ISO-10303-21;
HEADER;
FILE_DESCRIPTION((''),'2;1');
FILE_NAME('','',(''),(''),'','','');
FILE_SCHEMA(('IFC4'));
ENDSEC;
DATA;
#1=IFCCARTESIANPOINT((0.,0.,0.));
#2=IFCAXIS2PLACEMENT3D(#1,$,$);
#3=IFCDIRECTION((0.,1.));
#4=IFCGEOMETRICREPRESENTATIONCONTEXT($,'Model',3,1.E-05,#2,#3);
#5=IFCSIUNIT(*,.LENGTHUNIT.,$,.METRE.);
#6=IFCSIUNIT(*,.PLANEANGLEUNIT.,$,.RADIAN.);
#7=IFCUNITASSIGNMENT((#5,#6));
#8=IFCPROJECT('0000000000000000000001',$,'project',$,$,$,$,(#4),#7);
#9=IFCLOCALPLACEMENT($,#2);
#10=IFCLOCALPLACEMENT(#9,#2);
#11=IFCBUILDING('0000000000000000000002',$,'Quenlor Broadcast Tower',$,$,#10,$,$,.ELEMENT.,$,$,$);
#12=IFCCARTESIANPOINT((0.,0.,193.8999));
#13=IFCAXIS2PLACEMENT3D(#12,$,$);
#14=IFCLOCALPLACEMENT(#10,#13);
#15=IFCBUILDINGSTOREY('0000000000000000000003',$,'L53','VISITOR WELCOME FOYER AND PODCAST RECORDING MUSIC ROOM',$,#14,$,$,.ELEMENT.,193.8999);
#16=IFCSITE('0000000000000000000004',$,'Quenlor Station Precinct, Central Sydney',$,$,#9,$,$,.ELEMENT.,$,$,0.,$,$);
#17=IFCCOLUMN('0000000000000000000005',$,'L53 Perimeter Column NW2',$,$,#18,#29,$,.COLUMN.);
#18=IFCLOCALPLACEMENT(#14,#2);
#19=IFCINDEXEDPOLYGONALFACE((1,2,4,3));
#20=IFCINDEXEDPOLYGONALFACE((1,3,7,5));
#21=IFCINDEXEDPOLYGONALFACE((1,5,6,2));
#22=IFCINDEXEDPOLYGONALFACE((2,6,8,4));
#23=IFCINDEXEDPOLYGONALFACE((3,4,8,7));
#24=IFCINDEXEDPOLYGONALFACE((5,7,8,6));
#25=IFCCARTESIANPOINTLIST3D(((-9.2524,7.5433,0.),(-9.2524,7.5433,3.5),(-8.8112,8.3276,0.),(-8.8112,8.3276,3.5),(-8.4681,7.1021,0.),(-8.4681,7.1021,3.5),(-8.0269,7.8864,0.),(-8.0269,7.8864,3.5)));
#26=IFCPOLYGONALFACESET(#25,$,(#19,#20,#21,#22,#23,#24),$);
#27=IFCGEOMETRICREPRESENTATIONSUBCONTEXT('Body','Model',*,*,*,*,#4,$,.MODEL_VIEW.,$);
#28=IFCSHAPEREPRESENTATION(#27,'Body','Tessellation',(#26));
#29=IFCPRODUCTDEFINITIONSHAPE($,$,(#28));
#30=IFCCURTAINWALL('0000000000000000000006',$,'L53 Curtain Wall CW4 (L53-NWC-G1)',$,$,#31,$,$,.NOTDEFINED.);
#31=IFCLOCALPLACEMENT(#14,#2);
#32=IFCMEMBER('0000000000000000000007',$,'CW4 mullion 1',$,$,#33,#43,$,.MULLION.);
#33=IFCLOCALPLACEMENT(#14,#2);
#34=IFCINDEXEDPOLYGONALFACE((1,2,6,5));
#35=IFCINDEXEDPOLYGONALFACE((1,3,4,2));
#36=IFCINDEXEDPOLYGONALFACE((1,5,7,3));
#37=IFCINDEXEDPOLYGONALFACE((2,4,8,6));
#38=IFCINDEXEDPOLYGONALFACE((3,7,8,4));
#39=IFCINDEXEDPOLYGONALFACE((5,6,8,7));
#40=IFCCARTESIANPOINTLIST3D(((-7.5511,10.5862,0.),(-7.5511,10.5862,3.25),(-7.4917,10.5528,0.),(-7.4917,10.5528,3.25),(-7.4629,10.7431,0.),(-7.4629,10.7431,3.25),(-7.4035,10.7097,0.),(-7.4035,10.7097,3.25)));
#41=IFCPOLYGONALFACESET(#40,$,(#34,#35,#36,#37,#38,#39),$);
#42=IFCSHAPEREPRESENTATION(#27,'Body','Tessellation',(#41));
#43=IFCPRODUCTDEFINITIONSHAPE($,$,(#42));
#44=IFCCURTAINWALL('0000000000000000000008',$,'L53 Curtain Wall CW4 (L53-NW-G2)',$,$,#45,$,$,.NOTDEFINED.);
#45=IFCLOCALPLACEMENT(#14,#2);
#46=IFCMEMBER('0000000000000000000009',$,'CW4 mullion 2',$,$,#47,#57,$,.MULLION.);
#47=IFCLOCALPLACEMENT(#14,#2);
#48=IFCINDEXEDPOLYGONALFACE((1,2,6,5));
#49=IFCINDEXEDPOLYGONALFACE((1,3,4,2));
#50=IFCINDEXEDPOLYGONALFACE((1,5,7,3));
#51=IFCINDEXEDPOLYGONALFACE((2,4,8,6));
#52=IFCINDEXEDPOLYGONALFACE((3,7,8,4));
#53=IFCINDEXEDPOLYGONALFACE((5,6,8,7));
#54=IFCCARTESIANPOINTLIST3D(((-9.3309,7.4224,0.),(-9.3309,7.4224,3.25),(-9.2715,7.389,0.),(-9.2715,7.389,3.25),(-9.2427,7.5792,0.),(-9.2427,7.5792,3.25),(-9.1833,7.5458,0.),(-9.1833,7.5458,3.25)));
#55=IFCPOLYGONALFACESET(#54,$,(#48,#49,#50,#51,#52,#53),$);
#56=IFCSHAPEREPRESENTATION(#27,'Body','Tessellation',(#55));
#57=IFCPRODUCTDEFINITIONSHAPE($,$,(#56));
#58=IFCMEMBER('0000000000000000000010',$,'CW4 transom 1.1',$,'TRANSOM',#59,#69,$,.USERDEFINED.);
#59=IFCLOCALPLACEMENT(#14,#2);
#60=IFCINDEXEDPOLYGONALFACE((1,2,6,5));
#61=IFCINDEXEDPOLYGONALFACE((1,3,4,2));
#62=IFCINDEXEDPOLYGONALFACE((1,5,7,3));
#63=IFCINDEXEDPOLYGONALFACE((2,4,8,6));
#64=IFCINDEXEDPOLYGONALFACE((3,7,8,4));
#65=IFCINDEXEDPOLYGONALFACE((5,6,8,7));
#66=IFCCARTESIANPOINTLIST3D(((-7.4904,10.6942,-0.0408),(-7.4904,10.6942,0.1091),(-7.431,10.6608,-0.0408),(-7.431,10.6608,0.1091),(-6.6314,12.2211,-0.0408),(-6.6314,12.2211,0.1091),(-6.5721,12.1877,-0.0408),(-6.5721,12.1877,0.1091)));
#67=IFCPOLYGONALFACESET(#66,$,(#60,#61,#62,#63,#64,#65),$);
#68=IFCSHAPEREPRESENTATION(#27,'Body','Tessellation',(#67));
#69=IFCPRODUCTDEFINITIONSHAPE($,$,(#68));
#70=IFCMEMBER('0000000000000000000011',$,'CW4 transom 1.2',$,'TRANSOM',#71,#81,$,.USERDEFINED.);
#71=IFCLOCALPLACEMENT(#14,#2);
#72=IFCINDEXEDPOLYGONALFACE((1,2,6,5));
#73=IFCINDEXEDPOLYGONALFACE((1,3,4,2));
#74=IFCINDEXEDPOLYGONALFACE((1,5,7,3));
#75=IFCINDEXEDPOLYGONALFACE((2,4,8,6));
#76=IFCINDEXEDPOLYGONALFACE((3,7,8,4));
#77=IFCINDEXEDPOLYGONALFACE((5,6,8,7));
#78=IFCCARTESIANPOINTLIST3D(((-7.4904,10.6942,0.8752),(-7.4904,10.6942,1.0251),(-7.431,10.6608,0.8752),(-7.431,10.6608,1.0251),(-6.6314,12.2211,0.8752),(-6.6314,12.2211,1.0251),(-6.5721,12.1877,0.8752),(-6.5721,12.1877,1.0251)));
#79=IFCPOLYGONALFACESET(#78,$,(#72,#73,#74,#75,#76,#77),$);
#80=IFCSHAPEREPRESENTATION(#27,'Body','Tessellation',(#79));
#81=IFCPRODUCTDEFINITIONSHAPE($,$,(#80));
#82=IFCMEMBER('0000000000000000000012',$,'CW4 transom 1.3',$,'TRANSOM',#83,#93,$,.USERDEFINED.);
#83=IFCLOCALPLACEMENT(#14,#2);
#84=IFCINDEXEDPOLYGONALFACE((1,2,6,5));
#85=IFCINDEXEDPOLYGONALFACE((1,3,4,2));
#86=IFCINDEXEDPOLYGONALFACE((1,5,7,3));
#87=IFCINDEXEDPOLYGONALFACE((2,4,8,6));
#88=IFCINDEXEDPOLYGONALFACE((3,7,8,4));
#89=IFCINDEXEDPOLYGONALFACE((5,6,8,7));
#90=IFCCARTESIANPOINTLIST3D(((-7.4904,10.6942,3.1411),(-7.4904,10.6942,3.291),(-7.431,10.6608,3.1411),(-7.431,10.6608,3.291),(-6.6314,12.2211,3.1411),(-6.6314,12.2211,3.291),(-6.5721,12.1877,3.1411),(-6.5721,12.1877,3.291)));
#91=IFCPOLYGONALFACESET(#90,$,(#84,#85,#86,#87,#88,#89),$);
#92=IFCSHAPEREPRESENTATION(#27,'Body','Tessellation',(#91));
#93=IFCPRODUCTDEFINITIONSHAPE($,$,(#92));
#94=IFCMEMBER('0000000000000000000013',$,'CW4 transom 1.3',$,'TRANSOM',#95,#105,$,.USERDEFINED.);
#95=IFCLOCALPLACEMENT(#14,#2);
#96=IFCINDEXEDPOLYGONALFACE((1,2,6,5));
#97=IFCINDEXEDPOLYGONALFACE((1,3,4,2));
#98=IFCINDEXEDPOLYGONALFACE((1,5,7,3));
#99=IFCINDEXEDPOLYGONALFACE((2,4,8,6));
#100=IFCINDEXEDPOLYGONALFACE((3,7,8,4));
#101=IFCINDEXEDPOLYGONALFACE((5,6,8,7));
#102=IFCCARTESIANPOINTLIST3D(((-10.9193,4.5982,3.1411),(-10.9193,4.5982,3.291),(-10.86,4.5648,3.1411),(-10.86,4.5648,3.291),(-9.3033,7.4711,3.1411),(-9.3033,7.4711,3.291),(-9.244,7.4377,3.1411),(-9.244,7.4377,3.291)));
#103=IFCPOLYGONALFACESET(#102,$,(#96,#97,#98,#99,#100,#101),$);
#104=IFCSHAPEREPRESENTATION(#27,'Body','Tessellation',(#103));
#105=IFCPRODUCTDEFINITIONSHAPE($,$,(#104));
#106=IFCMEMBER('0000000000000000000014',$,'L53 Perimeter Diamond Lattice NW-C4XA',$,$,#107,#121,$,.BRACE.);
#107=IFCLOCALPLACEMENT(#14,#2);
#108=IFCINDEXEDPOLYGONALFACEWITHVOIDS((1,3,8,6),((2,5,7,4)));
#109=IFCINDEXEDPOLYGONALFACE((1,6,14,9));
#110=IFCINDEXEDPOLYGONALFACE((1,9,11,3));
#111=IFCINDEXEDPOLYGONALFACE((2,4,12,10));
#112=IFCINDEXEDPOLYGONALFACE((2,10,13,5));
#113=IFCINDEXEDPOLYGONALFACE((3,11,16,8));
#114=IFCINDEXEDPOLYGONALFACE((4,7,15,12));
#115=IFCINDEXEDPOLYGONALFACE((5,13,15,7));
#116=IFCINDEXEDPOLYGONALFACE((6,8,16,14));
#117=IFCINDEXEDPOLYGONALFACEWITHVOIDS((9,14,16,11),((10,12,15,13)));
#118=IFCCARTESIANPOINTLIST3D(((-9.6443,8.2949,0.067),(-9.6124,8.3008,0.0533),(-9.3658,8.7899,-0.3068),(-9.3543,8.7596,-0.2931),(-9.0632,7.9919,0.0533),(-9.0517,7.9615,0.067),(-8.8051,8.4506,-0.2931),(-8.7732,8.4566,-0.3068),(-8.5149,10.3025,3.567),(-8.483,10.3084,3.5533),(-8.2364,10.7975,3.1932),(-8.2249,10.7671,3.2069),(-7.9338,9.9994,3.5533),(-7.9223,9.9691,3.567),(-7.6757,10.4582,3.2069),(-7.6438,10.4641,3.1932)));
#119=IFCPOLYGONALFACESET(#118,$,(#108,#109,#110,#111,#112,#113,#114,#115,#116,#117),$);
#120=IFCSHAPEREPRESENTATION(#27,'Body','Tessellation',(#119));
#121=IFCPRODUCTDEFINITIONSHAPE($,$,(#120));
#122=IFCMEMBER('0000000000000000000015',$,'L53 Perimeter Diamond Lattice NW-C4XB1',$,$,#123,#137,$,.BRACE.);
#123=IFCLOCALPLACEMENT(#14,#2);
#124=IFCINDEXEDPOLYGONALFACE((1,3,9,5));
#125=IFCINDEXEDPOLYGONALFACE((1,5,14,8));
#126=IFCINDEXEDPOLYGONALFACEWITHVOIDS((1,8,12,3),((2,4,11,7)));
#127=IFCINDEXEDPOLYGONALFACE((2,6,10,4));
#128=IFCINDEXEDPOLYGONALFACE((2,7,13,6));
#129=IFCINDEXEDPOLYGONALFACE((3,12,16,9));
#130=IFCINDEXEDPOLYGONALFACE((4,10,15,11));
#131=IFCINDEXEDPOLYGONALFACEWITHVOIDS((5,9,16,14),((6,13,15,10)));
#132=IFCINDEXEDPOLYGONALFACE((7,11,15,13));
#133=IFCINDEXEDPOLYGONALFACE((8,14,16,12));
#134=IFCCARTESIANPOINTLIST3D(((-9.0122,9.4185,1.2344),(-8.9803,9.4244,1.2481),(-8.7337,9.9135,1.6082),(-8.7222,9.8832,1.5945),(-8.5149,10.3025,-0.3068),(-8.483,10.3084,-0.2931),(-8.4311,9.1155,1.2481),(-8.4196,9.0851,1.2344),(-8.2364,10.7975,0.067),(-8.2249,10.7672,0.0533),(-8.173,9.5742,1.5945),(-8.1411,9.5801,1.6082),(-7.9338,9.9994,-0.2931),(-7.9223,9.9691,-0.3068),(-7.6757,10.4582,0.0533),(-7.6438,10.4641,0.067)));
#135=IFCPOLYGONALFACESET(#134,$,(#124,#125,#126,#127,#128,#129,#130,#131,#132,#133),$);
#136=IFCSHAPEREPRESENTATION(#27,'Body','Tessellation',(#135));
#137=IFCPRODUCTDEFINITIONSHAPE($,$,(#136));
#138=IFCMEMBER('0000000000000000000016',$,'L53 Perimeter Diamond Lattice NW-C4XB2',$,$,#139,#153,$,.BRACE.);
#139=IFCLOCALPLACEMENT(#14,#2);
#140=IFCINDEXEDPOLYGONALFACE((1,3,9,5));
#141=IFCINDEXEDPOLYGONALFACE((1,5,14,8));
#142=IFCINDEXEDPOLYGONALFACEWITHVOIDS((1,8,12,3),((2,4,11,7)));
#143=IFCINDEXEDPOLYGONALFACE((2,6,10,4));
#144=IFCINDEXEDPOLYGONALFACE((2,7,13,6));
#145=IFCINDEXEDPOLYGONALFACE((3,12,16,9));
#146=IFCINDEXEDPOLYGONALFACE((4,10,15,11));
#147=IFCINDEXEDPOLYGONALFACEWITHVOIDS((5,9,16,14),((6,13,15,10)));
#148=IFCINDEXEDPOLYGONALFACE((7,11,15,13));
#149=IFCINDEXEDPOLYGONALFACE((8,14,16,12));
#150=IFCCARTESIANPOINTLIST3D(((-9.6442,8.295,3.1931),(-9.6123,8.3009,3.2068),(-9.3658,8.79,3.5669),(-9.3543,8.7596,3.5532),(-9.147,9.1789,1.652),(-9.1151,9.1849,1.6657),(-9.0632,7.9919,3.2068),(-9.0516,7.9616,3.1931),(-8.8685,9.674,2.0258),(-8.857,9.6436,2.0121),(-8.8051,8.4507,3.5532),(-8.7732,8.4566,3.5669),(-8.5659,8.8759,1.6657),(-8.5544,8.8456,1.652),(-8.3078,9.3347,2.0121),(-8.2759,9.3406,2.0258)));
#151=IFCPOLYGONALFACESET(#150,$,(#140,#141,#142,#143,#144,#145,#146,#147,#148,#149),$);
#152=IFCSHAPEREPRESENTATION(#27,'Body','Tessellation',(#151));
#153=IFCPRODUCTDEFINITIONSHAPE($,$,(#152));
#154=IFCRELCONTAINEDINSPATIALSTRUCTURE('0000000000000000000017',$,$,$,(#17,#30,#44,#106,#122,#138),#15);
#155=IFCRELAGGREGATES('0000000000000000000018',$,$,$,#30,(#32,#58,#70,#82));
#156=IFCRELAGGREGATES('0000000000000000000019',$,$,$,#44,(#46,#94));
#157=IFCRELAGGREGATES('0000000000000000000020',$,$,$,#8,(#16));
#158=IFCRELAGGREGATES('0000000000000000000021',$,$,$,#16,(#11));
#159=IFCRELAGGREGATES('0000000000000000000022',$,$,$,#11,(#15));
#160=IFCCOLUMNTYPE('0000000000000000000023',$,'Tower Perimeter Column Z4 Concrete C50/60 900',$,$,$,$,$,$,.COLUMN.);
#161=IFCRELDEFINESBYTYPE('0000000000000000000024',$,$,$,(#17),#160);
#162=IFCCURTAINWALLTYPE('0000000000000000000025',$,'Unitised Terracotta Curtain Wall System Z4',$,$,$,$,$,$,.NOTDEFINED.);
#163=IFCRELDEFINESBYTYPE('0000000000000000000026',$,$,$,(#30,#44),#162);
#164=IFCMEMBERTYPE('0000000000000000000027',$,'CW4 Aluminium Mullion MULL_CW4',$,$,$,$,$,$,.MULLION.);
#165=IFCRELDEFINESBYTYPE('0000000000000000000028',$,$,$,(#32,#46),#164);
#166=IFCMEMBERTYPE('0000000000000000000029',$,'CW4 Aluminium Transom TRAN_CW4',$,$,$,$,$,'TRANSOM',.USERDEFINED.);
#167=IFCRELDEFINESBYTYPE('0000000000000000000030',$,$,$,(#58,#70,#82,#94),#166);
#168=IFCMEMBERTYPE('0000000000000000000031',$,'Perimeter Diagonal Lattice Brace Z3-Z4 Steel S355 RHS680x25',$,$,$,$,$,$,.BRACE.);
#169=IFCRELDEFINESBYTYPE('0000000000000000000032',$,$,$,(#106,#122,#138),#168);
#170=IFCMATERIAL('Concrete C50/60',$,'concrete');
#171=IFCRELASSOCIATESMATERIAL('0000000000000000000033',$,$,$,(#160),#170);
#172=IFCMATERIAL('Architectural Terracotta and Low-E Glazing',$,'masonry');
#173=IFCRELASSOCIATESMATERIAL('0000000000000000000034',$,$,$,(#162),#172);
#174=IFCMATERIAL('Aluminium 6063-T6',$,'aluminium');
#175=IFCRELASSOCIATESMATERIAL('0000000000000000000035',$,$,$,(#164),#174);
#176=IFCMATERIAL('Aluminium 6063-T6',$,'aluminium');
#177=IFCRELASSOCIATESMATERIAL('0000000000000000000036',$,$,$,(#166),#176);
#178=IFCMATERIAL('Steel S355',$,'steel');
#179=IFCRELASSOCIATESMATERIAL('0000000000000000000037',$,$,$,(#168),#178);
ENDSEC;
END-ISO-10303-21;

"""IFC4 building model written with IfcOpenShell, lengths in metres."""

from ifc_helpers import new_model, si_unit, direction, frame, origin, origin_2d, place, context, subcontext, project, spatial, rectangle, hollow_rectangle, extrude, material, material_profile, profile_set, type_object, element, aggregate, save


model = new_model("IFC4")

# Units and contexts
model_context = context("Model", 3, precision=1e-05, world=origin(), true_north=direction((0.0, 1.0)))
body_context = subcontext(model_context, "Body", "Model", "MODEL_VIEW")
ifc_project = project(units=[si_unit("LENGTHUNIT", "METRE"), si_unit("PLANEANGLEUNIT", "RADIAN")], contexts=[model_context])

# Site, building, storey
site_placement = place(None, origin())
site = spatial("IfcSite", under=ifc_project, at=site_placement, Name="Quenlor Station Precinct, Central Sydney", CompositionType="ELEMENT", RefElevation=0.0)
building_placement = place(site_placement, origin())
building = spatial("IfcBuilding", under=site, at=building_placement, Name="Quenlor Broadcast Tower", CompositionType="ELEMENT")
storey_placement = place(building_placement, frame((0.0, 0.0, 193.8999)))
storey = spatial("IfcBuildingStorey", under=building, at=storey_placement, Name="L53", Description="VISITOR WELCOME FOYER AND PODCAST RECORDING MUSIC ROOM", CompositionType="ELEMENT", Elevation=193.8999)

# Column
ifc_material_1 = material(Name="Concrete C50/60", Category="concrete")
ifc_material_profile_1 = material_profile(ifc_material_1, rectangle(XDim=0.8999, YDim=0.8999, at=origin_2d()))
ifc_profile_set_1 = profile_set([ifc_material_profile_1], Name="Concrete C50/60 RC900x900")
column_type = type_object("IfcColumnType", Name="Tower Perimeter Column Z4 Concrete C50/60 900", PredefinedType="COLUMN", material=ifc_profile_set_1)
column_placement = place(storey_placement, frame((-8.6396, 7.7148, 0.0), z_axis=(0.0, 0.0, 1.0), x_axis=(-0.871575, 0.490262, 0.0)))
element("IfcColumn", 1, at=column_placement, inside=storey, type_object=column_type, Name="L53 Perimeter Column NW2", PredefinedType="COLUMN", context=body_context, shape_type="SweptSolid", body=[
    extrude(rectangle(XDim=0.8999, YDim=0.8999, at=origin_2d()), origin(), (0.0, 0.0, 1.0), 3.5),
])

# Curtain walls, members
ifc_material_2 = material(Name="Architectural Terracotta and Low-E Glazing", Category="masonry")
curtain_wall_type = type_object("IfcCurtainWallType", Name="Unitised Terracotta Curtain Wall System Z4", PredefinedType="NOTDEFINED", material=ifc_material_2)
curtain_wall_1_placement = place(storey_placement, origin())
curtain_wall_1 = element("IfcCurtainWall", 2, at=curtain_wall_1_placement, inside=storey, type_object=curtain_wall_type, Name="L53 Curtain Wall CW4 (L53-NWC-G1)", PredefinedType="NOTDEFINED")
ifc_material_3 = material(Name="Aluminium 6063-T6", Category="aluminium")
ifc_material_profile_2 = material_profile(ifc_material_3, rectangle(XDim=0.0681, YDim=0.1799, at=origin_2d()))
ifc_profile_set_2 = profile_set([ifc_material_profile_2], Name="Aluminium 6063-T6 MULL68x180")
member_type_1 = type_object("IfcMemberType", Name="CW4 Aluminium Mullion MULL_CW4", PredefinedType="MULLION", material=ifc_profile_set_2)
member_1_placement = place(storey_placement, frame((-7.4773, 10.6479, 0.0), z_axis=(0.0, 0.0, 1.0), x_axis=(-0.871576, 0.49026, 0.0)))
member_1 = element("IfcMember", 3, at=member_1_placement, type_object=member_type_1, Name="CW4 mullion 1", PredefinedType="MULLION", context=body_context, shape_type="SweptSolid", body=[
    extrude(rectangle(XDim=0.0681, YDim=0.1799, at=origin_2d()), origin(), (0.0, 0.0, 1.0), 3.25),
])
curtain_wall_2_placement = place(storey_placement, origin())
curtain_wall_2 = element("IfcCurtainWall", 4, at=curtain_wall_2_placement, inside=storey, type_object=curtain_wall_type, Name="L53 Curtain Wall CW4 (L53-NW-G2)", PredefinedType="NOTDEFINED")
member_2_placement = place(storey_placement, frame((-9.2571, 7.4841, 0.0), z_axis=(0.0, 0.0, 1.0), x_axis=(-0.871578, 0.490257, 0.0)))
member_2 = element("IfcMember", 5, at=member_2_placement, type_object=member_type_1, Name="CW4 mullion 2", PredefinedType="MULLION", context=body_context, shape_type="SweptSolid", body=[
    extrude(rectangle(XDim=0.0681, YDim=0.1799, at=origin_2d()), origin(), (0.0, 0.0, 1.0), 3.25),
])

# Members
ifc_material_4 = material(Name="Aluminium 6063-T6", Category="aluminium")
ifc_material_profile_3 = material_profile(ifc_material_4, rectangle(XDim=0.0681, YDim=0.1499, at=origin_2d()))
ifc_profile_set_3 = profile_set([ifc_material_profile_3], Name="Aluminium 6063-T6 TRAN68x150")
member_type_2 = type_object("IfcMemberType", Name="CW4 Aluminium Transom TRAN_CW4", ElementType="TRANSOM", PredefinedType="USERDEFINED", material=ifc_profile_set_3)
member_3_placement = place(storey_placement, frame((-7.4607, 10.6775, 0.0342), z_axis=(0.490274, 0.871568, 0.0), x_axis=(-0.871568, 0.490274, 0.0)))
member_3 = element("IfcMember", 6, at=member_3_placement, type_object=member_type_2, Name="CW4 transom 1.1", ObjectType="TRANSOM", PredefinedType="USERDEFINED", context=body_context, shape_type="SweptSolid", body=[
    extrude(rectangle(XDim=0.0681, YDim=0.1499, at=origin_2d()), origin(), (0.0, 0.0, 1.0), 1.752),
])
member_4_placement = place(storey_placement, frame((-7.4607, 10.6775, 0.9502), z_axis=(0.490274, 0.871568, 0.0), x_axis=(-0.871568, 0.490274, 0.0)))
member_4 = element("IfcMember", 7, at=member_4_placement, type_object=member_type_2, Name="CW4 transom 1.2", ObjectType="TRANSOM", PredefinedType="USERDEFINED", context=body_context, shape_type="SweptSolid", body=[
    extrude(rectangle(XDim=0.0681, YDim=0.1499, at=origin_2d()), origin(), (0.0, 0.0, 1.0), 1.752),
])
member_5_placement = place(storey_placement, frame((-7.4607, 10.6775, 3.2161), z_axis=(0.490274, 0.871568, 0.0), x_axis=(-0.871568, 0.490274, 0.0)))
member_5 = element("IfcMember", 8, at=member_5_placement, type_object=member_type_2, Name="CW4 transom 1.3", ObjectType="TRANSOM", PredefinedType="USERDEFINED", context=body_context, shape_type="SweptSolid", body=[
    extrude(rectangle(XDim=0.0681, YDim=0.1499, at=origin_2d()), origin(), (0.0, 0.0, 1.0), 1.752),
])
aggregate(curtain_wall_1, [member_1, member_3, member_4, member_5])
member_6_placement = place(storey_placement, frame((-10.8896, 4.5815, 3.2161), z_axis=(0.490265, 0.871574, 0.0), x_axis=(-0.871574, 0.490265, 0.0)))
member_6 = element("IfcMember", 9, at=member_6_placement, type_object=member_type_2, Name="CW4 transom 1.3", ObjectType="TRANSOM", PredefinedType="USERDEFINED", context=body_context, shape_type="SweptSolid", body=[
    extrude(rectangle(XDim=0.0681, YDim=0.1499, at=origin_2d()), origin(), (0.0, 0.0, 1.0), 3.2961),
])

# Members
ifc_material_5 = material(Name="Steel S355", Category="steel")
ifc_material_profile_4 = material_profile(ifc_material_5, hollow_rectangle(XDim=0.6799, YDim=0.6799, WallThickness=0.0249, at=origin_2d()))
ifc_profile_set_4 = profile_set([ifc_material_profile_4], Name="Steel S355 RHS680x680x25")
member_type_3 = type_object("IfcMemberType", Name="Perimeter Diagonal Lattice Brace Z3-Z4 Steel S355 RHS680x25", PredefinedType="BRACE", material=ifc_profile_set_4)
member_7_placement = place(storey_placement, frame((-9.2087, 8.3757, -0.1199), z_axis=(0.269547, 0.479136, 0.835328), x_axis=(-0.87155, 0.490307, 0.0)))
element("IfcMember", 10, at=member_7_placement, inside=storey, type_object=member_type_3, Name="L53 Perimeter Diamond Lattice NW-C4XA", PredefinedType="BRACE", context=body_context, shape_type="SweptSolid", body=[
    extrude(hollow_rectangle(XDim=0.6799, YDim=0.6799, WallThickness=0.0249, at=origin_2d()), origin(), (0.0, 0.0, 1.0), 4.1899),
])
for number, where, z_axis, x_axis, name in (
    (11, (-8.0793, 10.3833, -0.1199), (-0.269536, -0.47913, 0.835335), (0.871556, -0.490296, 0.0), "L53 Perimeter Diamond Lattice NW-C4XB1"),
    (12, (-8.7114, 9.2598, 1.8389), (-0.269536, -0.47913, 0.835335), (0.871556, -0.490296, 0.0), "L53 Perimeter Diamond Lattice NW-C4XB2"),
):
    element("IfcMember", number, at=place(storey_placement, frame(where, z_axis=z_axis, x_axis=x_axis)), inside=storey, type_object=member_type_3, Name=name, PredefinedType="BRACE", context=body_context, shape_type="SweptSolid", body=[
        extrude(hollow_rectangle(XDim=0.6799, YDim=0.6799, WallThickness=0.0249, at=origin_2d()), origin(), (0.0, 0.0, 1.0), 1.845),
    ])

aggregate(curtain_wall_2, [member_2, member_6])

save(model, "model.ifc")
